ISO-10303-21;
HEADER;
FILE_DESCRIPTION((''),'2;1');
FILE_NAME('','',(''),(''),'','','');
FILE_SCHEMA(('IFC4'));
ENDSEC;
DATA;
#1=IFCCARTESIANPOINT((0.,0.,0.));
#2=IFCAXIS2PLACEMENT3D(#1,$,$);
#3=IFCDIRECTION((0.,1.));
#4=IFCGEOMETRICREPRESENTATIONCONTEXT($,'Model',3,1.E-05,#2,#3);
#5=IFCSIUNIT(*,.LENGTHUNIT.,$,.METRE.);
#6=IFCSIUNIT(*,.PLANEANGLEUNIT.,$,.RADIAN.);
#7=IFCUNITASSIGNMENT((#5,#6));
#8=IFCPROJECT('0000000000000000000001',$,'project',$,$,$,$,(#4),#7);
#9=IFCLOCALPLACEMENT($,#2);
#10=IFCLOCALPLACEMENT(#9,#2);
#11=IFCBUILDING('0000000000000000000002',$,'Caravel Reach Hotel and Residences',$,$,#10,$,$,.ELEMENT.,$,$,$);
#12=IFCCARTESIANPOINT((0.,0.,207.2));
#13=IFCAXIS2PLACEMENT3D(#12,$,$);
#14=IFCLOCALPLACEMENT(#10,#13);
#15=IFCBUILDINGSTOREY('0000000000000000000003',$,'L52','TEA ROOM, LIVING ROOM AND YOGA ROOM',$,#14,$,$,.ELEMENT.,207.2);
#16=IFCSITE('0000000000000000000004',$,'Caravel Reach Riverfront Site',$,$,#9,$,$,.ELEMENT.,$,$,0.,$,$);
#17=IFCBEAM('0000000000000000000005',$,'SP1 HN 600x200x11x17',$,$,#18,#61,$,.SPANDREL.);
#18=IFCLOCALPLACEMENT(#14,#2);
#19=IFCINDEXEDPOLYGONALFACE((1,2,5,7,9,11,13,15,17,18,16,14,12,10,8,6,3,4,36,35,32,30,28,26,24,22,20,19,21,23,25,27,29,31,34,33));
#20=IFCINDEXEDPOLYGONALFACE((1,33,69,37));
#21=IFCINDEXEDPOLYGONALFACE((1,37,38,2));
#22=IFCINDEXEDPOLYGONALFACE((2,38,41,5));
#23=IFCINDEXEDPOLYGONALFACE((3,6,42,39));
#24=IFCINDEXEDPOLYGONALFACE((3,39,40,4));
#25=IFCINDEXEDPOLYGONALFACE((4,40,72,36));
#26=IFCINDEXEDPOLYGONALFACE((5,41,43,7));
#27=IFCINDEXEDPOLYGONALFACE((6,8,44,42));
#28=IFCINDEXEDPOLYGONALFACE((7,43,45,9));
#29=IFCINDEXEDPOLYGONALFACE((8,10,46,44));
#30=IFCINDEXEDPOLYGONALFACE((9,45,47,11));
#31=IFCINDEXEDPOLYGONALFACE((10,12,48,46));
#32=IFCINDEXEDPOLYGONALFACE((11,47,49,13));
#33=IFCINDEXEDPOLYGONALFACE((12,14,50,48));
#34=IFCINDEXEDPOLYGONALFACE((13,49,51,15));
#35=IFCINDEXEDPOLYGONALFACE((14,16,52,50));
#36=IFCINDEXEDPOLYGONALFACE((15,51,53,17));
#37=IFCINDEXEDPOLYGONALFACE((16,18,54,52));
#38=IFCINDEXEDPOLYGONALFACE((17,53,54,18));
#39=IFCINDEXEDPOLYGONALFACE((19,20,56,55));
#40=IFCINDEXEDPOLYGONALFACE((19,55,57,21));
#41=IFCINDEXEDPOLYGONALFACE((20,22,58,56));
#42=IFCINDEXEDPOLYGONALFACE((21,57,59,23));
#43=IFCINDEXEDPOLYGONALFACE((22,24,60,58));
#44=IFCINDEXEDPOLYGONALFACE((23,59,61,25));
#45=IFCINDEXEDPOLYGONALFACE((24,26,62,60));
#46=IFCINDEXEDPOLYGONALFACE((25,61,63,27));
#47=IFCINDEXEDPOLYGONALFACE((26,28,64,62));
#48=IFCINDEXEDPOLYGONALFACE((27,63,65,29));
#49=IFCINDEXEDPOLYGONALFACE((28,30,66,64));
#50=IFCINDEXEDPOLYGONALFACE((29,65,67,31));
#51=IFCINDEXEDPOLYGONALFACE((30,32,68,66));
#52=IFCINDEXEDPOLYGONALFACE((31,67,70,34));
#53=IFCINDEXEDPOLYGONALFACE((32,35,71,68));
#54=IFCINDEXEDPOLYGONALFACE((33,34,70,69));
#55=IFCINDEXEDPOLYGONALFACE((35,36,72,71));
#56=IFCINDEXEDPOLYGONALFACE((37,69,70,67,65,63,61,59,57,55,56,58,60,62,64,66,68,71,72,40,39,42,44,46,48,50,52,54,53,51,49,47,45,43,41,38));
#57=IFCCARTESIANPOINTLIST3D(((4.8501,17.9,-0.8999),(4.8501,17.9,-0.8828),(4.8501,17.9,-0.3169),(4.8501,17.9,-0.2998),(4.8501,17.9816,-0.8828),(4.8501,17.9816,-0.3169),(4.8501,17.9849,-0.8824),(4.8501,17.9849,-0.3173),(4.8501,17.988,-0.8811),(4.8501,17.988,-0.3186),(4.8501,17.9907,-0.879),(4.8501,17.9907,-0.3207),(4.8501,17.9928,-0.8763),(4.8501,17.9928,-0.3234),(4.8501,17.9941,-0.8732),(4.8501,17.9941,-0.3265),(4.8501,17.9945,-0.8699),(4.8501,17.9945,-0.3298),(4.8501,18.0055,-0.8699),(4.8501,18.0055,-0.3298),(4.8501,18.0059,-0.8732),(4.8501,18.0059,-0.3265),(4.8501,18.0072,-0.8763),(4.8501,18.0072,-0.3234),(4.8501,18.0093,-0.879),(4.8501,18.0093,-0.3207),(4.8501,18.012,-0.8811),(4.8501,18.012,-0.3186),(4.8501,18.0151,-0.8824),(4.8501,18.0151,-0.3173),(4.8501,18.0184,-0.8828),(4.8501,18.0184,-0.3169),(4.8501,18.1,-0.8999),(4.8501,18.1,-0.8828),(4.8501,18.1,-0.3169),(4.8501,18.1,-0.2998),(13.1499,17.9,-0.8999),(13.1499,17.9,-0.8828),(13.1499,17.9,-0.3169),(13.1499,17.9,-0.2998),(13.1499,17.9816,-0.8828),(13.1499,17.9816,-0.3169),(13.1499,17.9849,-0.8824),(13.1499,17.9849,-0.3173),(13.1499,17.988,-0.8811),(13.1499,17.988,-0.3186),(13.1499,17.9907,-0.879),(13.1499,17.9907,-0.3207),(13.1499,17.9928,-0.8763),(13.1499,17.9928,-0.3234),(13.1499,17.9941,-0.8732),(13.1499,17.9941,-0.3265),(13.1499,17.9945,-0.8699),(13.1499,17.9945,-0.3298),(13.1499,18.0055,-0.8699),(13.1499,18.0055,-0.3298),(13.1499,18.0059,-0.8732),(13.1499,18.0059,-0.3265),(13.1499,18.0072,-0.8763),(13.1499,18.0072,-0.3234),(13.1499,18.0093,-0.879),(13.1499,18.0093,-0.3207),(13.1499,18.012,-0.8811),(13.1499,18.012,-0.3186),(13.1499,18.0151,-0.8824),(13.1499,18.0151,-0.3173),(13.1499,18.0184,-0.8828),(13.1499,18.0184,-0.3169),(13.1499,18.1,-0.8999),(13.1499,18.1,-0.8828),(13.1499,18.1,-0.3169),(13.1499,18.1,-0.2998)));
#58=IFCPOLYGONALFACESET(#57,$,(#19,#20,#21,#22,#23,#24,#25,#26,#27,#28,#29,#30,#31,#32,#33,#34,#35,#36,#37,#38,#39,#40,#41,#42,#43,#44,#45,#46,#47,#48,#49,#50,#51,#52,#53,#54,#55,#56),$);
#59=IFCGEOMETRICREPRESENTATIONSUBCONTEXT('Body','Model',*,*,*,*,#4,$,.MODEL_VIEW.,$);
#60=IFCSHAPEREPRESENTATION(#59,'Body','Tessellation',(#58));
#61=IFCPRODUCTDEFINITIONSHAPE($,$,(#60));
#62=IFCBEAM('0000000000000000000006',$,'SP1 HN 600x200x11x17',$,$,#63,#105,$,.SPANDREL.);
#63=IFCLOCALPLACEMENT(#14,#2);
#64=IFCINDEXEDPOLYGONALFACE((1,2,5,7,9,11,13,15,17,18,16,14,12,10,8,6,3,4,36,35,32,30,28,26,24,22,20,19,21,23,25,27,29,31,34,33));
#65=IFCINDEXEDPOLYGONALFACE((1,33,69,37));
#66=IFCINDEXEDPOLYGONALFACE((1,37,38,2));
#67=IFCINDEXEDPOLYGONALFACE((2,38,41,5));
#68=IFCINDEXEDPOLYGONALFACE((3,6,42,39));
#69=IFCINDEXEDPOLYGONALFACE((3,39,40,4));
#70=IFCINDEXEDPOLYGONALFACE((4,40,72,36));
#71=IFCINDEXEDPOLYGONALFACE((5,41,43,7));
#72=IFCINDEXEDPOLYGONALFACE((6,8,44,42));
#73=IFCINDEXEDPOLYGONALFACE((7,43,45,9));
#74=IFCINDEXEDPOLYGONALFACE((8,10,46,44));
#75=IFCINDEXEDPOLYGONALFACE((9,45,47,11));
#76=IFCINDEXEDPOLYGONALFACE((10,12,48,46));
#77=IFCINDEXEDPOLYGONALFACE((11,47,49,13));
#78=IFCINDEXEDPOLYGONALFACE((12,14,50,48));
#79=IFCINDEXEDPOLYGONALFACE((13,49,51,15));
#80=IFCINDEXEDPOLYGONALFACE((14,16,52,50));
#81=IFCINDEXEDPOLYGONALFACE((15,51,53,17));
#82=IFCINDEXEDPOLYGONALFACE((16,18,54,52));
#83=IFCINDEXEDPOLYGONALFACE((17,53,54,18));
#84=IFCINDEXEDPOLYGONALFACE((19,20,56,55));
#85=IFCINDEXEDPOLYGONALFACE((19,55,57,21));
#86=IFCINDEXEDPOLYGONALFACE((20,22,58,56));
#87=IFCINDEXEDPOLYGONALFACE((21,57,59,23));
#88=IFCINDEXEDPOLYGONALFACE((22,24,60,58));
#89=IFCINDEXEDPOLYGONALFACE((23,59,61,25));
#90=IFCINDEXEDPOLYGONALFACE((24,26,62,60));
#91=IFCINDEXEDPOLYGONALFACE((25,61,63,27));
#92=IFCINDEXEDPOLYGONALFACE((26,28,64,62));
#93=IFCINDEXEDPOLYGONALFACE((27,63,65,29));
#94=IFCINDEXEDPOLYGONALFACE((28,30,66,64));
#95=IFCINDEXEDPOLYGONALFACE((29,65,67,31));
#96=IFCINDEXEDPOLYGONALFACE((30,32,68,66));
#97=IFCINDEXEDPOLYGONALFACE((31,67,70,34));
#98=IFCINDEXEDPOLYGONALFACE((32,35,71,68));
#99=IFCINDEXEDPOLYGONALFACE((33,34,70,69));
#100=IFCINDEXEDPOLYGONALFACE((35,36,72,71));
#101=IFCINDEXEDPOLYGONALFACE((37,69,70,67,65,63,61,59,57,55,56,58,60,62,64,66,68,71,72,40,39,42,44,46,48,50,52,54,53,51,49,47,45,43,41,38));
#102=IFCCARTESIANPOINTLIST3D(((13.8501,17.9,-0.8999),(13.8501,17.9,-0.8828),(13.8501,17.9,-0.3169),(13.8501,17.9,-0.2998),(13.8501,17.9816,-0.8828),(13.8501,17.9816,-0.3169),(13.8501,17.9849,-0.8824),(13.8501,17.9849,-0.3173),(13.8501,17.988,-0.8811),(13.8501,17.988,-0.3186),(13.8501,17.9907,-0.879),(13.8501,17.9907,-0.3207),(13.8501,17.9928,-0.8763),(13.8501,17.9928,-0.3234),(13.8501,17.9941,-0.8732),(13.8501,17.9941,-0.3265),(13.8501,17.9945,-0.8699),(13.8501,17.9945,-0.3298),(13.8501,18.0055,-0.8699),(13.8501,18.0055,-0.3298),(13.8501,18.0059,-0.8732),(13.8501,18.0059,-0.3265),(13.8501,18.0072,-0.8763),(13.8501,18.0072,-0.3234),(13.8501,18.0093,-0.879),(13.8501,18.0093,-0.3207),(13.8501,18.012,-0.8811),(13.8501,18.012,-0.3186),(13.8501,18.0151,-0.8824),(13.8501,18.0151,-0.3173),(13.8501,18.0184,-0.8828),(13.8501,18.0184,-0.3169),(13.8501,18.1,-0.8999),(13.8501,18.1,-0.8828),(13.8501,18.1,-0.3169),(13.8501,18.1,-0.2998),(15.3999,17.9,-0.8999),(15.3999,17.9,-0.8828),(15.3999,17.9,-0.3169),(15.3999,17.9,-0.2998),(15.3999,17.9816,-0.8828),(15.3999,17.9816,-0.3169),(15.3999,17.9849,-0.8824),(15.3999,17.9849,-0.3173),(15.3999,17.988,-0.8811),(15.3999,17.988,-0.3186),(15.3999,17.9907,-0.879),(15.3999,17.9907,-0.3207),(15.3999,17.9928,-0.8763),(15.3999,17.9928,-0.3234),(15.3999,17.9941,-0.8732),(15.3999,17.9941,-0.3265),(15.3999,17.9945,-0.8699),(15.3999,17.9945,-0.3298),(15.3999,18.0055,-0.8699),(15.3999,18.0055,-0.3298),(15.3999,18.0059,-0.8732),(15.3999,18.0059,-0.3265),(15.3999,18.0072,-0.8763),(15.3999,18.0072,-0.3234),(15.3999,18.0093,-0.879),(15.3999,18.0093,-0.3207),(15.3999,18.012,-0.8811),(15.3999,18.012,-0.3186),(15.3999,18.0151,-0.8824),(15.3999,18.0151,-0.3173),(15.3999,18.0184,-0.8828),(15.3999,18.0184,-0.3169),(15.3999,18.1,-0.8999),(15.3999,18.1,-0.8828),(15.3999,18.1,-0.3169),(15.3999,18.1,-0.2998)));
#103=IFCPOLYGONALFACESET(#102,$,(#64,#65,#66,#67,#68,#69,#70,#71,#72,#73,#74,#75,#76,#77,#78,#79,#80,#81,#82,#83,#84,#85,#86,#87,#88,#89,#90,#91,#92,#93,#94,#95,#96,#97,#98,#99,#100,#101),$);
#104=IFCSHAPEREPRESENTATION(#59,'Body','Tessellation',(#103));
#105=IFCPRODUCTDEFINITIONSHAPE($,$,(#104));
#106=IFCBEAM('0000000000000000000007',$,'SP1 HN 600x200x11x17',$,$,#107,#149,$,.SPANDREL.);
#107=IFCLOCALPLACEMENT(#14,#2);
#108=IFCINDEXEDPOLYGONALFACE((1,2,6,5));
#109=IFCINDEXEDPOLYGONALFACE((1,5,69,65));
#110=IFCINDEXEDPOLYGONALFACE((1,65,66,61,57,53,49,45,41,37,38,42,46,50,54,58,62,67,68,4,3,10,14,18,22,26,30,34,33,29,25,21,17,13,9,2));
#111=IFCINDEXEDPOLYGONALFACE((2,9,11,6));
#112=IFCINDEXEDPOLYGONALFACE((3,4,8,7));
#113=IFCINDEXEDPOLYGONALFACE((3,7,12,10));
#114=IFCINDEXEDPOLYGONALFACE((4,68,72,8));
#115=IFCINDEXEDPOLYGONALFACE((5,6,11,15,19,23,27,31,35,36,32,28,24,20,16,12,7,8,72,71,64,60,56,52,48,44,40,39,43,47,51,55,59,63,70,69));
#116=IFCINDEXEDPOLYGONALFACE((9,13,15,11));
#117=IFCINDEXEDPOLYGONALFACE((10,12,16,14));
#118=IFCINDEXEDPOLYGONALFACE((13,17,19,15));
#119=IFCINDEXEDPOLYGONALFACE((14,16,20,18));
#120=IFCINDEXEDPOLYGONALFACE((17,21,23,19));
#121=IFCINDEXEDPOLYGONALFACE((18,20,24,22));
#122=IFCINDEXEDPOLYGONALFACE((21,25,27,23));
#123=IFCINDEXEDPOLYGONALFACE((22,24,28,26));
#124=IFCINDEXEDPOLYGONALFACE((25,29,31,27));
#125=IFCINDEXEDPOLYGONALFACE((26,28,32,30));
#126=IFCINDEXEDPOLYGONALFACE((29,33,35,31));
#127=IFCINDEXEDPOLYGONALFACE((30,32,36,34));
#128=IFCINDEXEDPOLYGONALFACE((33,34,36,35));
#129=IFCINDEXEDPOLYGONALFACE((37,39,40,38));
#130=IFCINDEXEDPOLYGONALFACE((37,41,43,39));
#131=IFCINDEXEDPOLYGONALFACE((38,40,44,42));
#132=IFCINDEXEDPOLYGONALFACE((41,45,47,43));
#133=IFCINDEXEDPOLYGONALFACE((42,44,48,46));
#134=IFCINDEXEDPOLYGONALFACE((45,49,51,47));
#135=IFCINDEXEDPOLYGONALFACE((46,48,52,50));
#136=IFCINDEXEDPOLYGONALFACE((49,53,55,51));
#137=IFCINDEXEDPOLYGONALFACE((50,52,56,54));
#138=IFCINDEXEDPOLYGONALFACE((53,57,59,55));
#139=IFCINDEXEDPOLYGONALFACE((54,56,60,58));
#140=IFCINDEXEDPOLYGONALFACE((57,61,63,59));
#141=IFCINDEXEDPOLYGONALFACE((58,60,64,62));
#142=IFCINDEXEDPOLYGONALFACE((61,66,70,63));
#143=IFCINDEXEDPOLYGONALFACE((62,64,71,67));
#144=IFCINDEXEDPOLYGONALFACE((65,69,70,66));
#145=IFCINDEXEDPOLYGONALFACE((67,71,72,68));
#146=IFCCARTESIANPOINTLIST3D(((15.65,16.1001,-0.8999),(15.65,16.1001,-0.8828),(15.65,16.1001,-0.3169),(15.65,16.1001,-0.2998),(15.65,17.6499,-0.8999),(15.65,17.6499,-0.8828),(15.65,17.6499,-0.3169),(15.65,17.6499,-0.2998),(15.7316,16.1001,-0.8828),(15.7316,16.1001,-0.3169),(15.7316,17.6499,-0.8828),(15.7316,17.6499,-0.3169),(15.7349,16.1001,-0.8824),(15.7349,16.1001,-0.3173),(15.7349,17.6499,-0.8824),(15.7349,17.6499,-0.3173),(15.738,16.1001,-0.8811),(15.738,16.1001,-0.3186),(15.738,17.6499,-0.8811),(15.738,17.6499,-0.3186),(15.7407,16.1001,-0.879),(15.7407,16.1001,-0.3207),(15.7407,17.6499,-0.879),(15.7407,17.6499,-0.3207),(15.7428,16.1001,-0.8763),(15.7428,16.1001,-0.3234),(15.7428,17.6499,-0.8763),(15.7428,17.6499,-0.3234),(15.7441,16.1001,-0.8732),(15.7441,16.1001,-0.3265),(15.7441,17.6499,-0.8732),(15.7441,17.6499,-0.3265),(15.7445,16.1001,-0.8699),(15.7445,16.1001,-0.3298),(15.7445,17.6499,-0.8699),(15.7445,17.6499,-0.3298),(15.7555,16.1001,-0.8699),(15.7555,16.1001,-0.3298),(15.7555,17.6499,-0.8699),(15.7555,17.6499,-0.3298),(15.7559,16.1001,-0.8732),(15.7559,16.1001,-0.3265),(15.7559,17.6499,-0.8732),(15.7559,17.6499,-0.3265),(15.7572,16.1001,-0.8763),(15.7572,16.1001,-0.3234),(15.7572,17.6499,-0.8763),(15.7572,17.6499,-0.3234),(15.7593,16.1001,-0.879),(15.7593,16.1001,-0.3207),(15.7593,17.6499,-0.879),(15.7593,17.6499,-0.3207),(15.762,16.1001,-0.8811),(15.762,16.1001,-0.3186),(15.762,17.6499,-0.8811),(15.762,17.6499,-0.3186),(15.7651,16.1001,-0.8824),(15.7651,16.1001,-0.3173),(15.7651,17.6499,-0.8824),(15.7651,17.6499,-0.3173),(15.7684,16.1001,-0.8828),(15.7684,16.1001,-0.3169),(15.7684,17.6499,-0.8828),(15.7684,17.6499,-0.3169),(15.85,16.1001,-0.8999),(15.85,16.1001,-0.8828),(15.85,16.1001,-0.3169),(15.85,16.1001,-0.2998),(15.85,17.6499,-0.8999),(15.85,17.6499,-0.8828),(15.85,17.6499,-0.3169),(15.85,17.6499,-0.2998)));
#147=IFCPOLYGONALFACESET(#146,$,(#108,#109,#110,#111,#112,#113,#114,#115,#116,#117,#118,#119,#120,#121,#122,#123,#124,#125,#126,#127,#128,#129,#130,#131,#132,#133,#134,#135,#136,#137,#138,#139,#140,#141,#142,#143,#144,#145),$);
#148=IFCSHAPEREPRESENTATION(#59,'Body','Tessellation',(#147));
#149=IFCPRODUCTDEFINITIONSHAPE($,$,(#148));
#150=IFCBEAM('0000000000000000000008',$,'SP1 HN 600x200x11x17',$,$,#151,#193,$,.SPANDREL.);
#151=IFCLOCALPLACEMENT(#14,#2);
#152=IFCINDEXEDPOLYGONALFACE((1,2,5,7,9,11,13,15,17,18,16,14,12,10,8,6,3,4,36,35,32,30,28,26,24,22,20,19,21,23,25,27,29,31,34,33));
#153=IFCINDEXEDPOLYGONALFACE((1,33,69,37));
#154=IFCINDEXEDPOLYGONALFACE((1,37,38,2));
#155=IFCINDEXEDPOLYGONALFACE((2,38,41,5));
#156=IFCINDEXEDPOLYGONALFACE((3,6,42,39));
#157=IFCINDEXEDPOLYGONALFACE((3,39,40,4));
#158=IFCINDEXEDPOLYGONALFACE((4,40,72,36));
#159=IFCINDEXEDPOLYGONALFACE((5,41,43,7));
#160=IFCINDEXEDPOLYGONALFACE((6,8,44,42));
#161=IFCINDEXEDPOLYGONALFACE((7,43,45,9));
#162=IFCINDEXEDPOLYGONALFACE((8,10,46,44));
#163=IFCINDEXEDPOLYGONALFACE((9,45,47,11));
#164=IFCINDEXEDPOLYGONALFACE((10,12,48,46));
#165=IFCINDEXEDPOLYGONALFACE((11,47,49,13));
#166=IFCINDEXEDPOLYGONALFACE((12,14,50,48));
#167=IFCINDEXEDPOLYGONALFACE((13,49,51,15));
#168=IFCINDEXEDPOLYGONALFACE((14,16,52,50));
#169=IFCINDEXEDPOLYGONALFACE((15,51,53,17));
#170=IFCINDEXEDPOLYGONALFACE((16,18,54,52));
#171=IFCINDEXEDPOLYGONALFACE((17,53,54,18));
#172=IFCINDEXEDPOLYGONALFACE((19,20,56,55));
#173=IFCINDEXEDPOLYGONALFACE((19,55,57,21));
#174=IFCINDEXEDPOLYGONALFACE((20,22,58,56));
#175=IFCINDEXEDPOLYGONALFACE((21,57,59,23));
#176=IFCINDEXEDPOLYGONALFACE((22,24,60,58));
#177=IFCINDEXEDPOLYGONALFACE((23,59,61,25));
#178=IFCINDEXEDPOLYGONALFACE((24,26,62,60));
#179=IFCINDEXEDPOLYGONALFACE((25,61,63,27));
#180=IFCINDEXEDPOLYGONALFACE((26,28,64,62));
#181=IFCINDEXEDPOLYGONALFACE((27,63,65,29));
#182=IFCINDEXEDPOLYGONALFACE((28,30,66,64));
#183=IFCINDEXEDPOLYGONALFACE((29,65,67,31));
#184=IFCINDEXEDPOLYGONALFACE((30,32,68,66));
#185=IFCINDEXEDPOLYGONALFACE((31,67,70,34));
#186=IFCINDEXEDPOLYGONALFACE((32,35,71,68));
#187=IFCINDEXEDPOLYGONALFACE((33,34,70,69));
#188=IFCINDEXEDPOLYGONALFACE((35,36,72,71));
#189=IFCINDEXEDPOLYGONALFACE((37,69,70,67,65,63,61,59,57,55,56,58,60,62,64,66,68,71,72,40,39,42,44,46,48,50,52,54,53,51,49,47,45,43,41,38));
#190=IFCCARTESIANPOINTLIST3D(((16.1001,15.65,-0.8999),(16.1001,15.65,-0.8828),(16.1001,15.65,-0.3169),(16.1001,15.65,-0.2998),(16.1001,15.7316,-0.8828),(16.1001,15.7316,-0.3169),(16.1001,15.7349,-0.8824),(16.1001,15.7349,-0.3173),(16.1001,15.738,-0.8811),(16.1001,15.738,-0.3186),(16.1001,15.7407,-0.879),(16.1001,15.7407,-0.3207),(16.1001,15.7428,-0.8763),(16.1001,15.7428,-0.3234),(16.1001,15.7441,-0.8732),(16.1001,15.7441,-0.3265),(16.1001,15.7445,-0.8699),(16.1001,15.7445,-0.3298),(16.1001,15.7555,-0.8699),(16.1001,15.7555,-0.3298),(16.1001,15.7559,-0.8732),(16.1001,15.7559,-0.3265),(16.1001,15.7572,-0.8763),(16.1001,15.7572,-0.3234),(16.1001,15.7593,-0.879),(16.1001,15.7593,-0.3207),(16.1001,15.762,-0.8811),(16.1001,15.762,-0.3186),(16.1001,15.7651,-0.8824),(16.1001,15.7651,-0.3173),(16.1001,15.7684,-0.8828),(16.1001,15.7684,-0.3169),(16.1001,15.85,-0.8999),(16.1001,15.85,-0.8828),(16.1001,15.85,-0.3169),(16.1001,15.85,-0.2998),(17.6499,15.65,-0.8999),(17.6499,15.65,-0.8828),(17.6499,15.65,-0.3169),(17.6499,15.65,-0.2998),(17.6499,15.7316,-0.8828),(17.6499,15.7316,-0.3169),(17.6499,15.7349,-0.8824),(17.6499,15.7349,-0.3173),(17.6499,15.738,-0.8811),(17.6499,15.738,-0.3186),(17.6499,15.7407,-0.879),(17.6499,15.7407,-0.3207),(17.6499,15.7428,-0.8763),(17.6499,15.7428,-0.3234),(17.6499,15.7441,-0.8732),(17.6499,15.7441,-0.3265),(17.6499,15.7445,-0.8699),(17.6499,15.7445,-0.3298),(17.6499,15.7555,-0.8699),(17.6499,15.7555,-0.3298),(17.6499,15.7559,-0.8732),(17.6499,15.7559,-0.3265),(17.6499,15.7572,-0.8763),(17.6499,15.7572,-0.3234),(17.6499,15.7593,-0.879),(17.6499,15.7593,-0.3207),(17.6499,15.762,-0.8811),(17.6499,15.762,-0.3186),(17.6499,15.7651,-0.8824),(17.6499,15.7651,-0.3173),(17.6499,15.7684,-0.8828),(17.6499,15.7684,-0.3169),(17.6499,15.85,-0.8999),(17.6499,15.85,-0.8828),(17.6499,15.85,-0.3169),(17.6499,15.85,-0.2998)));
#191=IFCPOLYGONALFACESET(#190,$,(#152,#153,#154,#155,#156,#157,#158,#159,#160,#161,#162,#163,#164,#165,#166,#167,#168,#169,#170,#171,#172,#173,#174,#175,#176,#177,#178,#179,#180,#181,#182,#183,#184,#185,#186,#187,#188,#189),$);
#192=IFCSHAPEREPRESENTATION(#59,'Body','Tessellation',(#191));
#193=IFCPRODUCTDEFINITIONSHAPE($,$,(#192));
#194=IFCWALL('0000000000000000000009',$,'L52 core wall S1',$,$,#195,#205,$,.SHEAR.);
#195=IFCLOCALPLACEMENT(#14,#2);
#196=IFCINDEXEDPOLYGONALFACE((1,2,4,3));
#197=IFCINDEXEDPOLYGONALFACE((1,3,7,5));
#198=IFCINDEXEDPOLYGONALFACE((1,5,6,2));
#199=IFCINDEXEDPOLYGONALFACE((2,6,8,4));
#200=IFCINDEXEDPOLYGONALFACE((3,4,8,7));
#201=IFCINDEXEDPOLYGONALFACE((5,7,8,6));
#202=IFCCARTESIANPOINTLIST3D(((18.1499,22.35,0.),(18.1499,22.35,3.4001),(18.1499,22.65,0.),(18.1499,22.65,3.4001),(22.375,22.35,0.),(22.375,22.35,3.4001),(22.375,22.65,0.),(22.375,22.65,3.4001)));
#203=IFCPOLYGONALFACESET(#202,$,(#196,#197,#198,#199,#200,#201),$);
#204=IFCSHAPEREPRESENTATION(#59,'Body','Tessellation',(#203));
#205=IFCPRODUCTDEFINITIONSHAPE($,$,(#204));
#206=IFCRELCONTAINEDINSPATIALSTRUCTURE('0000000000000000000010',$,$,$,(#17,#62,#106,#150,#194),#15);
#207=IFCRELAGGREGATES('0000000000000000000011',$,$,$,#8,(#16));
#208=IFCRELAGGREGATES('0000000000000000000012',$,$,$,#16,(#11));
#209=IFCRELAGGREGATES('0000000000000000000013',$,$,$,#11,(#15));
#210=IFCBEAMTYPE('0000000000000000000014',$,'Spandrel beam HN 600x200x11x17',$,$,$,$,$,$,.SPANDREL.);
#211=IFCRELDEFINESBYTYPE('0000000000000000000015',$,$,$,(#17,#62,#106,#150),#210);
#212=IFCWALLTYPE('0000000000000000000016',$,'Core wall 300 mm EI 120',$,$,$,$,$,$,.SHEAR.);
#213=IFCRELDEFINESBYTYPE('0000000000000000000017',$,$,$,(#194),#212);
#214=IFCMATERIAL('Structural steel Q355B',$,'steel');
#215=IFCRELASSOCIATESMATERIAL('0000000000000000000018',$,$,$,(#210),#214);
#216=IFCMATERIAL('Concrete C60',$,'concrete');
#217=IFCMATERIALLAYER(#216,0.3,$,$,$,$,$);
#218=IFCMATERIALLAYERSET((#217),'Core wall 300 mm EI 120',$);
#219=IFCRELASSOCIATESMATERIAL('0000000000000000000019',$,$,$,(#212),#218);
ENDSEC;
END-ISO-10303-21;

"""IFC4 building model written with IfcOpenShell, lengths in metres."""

from ifc_helpers import new_model, si_unit, direction, frame, frame_2d, origin, origin_2d, place, context, subcontext, project, spatial, rectangle, i_section, extrude, material, layer, layer_set, material_profile, profile_set, type_object, element, save


model = new_model("IFC4")

# Units and contexts
model_context = context("Model", 3, precision=1e-05, world=origin(), true_north=direction((0.0, 1.0)))
body_context = subcontext(model_context, "Body", "Model", "MODEL_VIEW")
ifc_project = project(units=[si_unit("LENGTHUNIT", "METRE"), si_unit("PLANEANGLEUNIT", "RADIAN")], contexts=[model_context])

# Site, building, storey
site_placement = place(None, origin())
site = spatial("IfcSite", under=ifc_project, at=site_placement, Name="Caravel Reach Riverfront Site", CompositionType="ELEMENT", RefElevation=0.0)
building_placement = place(site_placement, origin())
building = spatial("IfcBuilding", under=site, at=building_placement, Name="Caravel Reach Hotel and Residences", CompositionType="ELEMENT")
storey_placement = place(building_placement, frame((0.0, 0.0, 207.2)))
storey = spatial("IfcBuildingStorey", under=building, at=storey_placement, Name="L52", Description="TEA ROOM, LIVING ROOM AND YOGA ROOM", CompositionType="ELEMENT", Elevation=207.2)

# Beams
ifc_material_1 = material(Name="Structural steel Q355B", Category="steel")
ifc_material_profile_1 = material_profile(ifc_material_1, i_section(OverallWidth=0.2, OverallDepth=0.6001, WebThickness=0.011, FlangeThickness=0.0171, FilletRadius=0.0129, at=origin_2d()), Name="HN 600x200x11x17")
ifc_profile_set_1 = profile_set([ifc_material_profile_1], Name="Structural steel Q355B")
beam_type_1 = type_object("IfcBeamType", Name="Spandrel beam HN 600x200x11x17", PredefinedType="SPANDREL", material=ifc_profile_set_1)
beam_1_placement = place(storey_placement, frame((4.8501, 18.0, -0.5999), z_axis=(1.0, 0.0, 0.0), x_axis=(0.0, 1.0, 0.0)))
element("IfcBeam", 1, at=beam_1_placement, inside=storey, type_object=beam_type_1, Name="SP1 HN 600x200x11x17", PredefinedType="SPANDREL", context=body_context, shape_type="SweptSolid", body=[
    extrude(i_section(OverallWidth=0.2, OverallDepth=0.6001, WebThickness=0.011, FlangeThickness=0.0171, FilletRadius=0.0129, at=origin_2d()), origin(), (0.0, 0.0, 1.0), 8.2998),
])
for number, where, z_axis, x_axis, name in (
    (2, (13.8501, 18.0, -0.5999), (1.0, 0.0, 0.0), (0.0, 1.0, 0.0), "SP1 HN 600x200x11x17"),
    (3, (15.75, 17.6499, -0.5999), (0.0, -1.0, 0.0), (1.0, 0.0, 0.0), "SP1 HN 600x200x11x17"),
    (4, (16.1001, 15.75, -0.5999), (1.0, 0.0, 0.0), (0.0, 1.0, 0.0), "SP1 HN 600x200x11x17"),
):
    element("IfcBeam", number, at=place(storey_placement, frame(where, z_axis=z_axis, x_axis=x_axis)), inside=storey, type_object=beam_type_1, Name=name, PredefinedType="SPANDREL", context=body_context, shape_type="SweptSolid", body=[
        extrude(i_section(OverallWidth=0.2, OverallDepth=0.6001, WebThickness=0.011, FlangeThickness=0.0171, FilletRadius=0.0129, at=origin_2d()), origin(), (0.0, 0.0, 1.0), 1.5498),
    ])

# Wall
ifc_material_2 = material(Name="Concrete C60", Category="concrete")
ifc_layer_1 = layer(ifc_material_2, 0.3)
ifc_layer_set_1 = layer_set([ifc_layer_1], Name="Core wall 300 mm EI 120")
wall_type_1 = type_object("IfcWallType", Name="Core wall 300 mm EI 120", PredefinedType="SHEAR", material=ifc_layer_set_1)
wall_1_placement = place(storey_placement, frame((18.1499, 22.5, 0.0), z_axis=(0.0, 0.0, 1.0), x_axis=(1.0, 0.0, 0.0)))
element("IfcWall", 5, at=wall_1_placement, inside=storey, type_object=wall_type_1, Name="L52 core wall S1", PredefinedType="SHEAR", context=body_context, shape_type="SweptSolid", body=[
    extrude(rectangle(XDim=4.2251, YDim=0.3, at=frame_2d((2.1125, 0.0))), origin(), (0.0, 0.0, 1.0), 3.4001),
])

save(model, "model.ifc")
